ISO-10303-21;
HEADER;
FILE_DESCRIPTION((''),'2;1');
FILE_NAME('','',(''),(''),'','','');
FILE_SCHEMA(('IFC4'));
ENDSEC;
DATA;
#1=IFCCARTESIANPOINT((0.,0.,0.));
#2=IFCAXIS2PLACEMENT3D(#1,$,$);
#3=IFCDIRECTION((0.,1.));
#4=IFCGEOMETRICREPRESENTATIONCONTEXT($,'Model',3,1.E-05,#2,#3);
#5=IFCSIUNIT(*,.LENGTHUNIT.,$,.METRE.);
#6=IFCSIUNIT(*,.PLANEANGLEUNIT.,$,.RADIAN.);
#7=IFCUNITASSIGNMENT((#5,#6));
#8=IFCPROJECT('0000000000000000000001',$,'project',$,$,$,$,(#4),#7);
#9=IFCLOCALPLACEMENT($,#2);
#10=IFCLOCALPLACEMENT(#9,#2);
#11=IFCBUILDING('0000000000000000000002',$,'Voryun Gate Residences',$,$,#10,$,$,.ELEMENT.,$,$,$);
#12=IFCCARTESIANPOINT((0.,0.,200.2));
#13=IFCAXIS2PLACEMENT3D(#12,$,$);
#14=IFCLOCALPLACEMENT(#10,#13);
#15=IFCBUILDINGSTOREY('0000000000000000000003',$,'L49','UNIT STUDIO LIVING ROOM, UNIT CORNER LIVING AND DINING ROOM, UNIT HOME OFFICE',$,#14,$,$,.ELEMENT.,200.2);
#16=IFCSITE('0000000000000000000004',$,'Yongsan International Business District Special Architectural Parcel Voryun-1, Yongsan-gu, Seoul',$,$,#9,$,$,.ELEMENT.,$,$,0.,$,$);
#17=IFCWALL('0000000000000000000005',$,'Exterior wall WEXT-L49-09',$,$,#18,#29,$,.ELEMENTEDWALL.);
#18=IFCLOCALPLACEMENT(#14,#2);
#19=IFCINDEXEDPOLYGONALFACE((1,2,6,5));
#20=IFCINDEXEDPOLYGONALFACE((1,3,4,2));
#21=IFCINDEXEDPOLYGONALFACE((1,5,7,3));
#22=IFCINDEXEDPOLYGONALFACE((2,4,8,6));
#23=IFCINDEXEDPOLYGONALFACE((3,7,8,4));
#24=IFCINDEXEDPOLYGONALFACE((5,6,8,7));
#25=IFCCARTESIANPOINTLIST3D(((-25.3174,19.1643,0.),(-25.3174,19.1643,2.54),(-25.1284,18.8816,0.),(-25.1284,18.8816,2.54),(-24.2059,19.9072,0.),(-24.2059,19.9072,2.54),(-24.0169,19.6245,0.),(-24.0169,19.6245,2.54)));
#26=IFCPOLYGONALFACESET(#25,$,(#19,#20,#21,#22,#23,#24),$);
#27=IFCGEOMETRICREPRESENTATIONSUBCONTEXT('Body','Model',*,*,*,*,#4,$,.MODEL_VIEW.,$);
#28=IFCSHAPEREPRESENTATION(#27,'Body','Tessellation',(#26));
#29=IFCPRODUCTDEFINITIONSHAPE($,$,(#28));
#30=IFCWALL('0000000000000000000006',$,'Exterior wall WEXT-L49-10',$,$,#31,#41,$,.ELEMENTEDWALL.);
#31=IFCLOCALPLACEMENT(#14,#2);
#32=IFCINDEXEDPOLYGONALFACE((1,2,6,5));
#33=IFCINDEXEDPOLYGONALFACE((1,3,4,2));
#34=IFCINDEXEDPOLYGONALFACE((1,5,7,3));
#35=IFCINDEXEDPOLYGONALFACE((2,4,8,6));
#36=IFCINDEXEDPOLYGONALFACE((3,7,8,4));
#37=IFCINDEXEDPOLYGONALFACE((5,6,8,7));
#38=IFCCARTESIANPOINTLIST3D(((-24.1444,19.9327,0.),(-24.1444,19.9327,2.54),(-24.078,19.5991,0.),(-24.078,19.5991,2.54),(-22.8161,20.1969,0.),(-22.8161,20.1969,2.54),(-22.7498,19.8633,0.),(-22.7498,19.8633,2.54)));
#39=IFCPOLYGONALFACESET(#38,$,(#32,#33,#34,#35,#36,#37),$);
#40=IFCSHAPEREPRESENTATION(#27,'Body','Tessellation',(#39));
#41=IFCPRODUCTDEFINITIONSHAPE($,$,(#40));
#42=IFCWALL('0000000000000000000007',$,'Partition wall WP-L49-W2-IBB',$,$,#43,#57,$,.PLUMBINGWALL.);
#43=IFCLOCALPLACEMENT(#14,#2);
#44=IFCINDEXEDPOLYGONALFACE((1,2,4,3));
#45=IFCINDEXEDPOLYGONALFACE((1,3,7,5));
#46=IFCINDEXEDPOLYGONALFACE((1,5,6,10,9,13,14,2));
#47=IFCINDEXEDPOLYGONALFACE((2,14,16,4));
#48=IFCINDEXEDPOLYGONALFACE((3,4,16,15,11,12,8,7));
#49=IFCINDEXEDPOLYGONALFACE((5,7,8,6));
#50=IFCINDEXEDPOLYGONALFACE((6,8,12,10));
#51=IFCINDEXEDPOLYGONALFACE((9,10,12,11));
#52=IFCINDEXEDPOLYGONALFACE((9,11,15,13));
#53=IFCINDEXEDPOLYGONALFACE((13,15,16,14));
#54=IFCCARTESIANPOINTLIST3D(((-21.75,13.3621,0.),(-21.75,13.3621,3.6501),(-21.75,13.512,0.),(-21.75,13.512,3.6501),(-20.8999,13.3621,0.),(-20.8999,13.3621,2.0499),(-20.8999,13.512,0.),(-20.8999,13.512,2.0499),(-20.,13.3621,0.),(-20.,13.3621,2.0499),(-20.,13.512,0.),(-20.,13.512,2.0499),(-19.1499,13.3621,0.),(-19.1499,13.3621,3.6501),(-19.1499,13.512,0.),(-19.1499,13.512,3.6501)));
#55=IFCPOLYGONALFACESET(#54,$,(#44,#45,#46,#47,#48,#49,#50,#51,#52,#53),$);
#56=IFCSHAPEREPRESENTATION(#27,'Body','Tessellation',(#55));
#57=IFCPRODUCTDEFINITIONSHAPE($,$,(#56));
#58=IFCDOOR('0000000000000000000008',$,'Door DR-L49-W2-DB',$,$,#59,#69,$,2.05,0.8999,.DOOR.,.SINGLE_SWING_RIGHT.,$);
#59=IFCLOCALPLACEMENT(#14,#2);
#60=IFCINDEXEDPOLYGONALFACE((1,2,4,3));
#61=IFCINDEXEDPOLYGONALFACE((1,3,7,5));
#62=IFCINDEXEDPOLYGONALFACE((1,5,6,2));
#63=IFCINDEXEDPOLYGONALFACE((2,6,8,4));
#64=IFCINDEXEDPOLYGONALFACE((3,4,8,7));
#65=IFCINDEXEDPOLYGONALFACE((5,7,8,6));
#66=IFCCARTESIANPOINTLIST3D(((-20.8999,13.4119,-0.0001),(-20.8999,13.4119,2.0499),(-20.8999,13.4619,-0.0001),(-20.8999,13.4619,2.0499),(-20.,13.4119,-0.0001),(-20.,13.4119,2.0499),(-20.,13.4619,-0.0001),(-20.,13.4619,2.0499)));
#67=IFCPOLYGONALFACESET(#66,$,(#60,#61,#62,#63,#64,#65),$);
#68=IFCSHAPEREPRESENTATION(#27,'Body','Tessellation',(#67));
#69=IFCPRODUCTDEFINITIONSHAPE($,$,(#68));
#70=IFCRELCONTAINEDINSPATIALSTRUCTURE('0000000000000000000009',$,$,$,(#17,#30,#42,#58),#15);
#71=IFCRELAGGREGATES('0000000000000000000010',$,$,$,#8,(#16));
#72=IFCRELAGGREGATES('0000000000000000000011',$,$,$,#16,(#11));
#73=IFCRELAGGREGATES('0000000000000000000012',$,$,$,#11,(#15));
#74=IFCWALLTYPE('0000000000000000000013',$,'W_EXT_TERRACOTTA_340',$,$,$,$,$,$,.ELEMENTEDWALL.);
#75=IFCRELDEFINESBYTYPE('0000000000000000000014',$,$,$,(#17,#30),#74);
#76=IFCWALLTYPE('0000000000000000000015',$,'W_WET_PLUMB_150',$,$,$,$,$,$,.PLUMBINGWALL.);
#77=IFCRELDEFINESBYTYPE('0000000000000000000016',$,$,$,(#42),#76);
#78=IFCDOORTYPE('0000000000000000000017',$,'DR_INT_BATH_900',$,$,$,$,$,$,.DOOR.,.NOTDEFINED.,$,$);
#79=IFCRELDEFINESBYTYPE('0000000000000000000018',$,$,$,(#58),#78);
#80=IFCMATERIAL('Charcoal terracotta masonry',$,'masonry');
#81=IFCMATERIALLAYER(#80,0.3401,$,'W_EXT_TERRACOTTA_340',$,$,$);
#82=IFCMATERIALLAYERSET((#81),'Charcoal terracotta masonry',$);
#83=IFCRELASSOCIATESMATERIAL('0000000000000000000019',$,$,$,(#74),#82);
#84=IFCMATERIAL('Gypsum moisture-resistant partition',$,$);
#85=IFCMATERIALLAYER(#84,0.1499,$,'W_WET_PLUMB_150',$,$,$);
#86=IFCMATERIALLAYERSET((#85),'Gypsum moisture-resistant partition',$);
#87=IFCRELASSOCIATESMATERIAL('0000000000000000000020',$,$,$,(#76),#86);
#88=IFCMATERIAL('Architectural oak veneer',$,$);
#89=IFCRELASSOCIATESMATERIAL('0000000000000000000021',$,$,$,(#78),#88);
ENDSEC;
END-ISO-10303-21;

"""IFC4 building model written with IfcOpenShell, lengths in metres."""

from ifc_helpers import new_model, si_unit, direction, frame, frame_2d, origin, place, context, subcontext, project, spatial, rectangle, extrude, material, layer, layer_set, type_object, element, fill, save


model = new_model("IFC4")

# Units and contexts
model_context = context("Model", 3, precision=1e-05, world=origin(), true_north=direction((0.0, 1.0)))
body_context = subcontext(model_context, "Body", "Model", "MODEL_VIEW")
ifc_project = project(units=[si_unit("LENGTHUNIT", "METRE"), si_unit("PLANEANGLEUNIT", "RADIAN")], contexts=[model_context])

# Site, building, storey
site_placement = place(None, origin())
site = spatial("IfcSite", under=ifc_project, at=site_placement, Name="Yongsan International Business District Special Architectural Parcel Voryun-1, Yongsan-gu, Seoul", CompositionType="ELEMENT", RefElevation=0.0)
building_placement = place(site_placement, origin())
building = spatial("IfcBuilding", under=site, at=building_placement, Name="Voryun Gate Residences", CompositionType="ELEMENT")
storey_placement = place(building_placement, frame((0.0, 0.0, 200.2)))
storey = spatial("IfcBuildingStorey", under=building, at=storey_placement, Name="L49", Description="UNIT STUDIO LIVING ROOM, UNIT CORNER LIVING AND DINING ROOM, UNIT HOME OFFICE", CompositionType="ELEMENT", Elevation=200.2)

# Walls
ifc_material_1 = material(Name="Charcoal terracotta masonry", Category="masonry")
ifc_layer_1 = layer(ifc_material_1, 0.3401, Name="W_EXT_TERRACOTTA_340")
ifc_layer_set_1 = layer_set([ifc_layer_1], Name="Charcoal terracotta masonry")
wall_type_1 = type_object("IfcWallType", Name="W_EXT_TERRACOTTA_340", PredefinedType="ELEMENTEDWALL", material=ifc_layer_set_1)
wall_1_placement = place(storey_placement, frame((-25.2229, 19.0229, 0.0), z_axis=(0.0, 0.0, 1.0), x_axis=(0.831404, 0.555669, 0.0)))
element("IfcWall", 1, at=wall_1_placement, inside=storey, type_object=wall_type_1, Name="Exterior wall WEXT-L49-09", PredefinedType="ELEMENTEDWALL", context=body_context, shape_type="SweptSolid", body=[
    extrude(rectangle(XDim=1.3369, YDim=0.3401, at=frame_2d((0.6685, 0.0))), origin(), (0.0, 0.0, 1.0), 2.54),
])
wall_2_placement = place(storey_placement, frame((-24.1113, 19.7659, 0.0), z_axis=(0.0, 0.0, 1.0), x_axis=(0.980788, 0.195076, 0.0)))
element("IfcWall", 2, at=wall_2_placement, inside=storey, type_object=wall_type_1, Name="Exterior wall WEXT-L49-10", PredefinedType="ELEMENTEDWALL", context=body_context, shape_type="SweptSolid", body=[
    extrude(rectangle(XDim=1.3542, YDim=0.3401, at=frame_2d((0.6772, 0.0))), origin(), (0.0, 0.0, 1.0), 2.54),
])

# Wall, opening, door
ifc_material_2 = material(Name="Gypsum moisture-resistant partition")
ifc_layer_2 = layer(ifc_material_2, 0.1499, Name="W_WET_PLUMB_150")
ifc_layer_set_2 = layer_set([ifc_layer_2], Name="Gypsum moisture-resistant partition")
wall_type_2 = type_object("IfcWallType", Name="W_WET_PLUMB_150", PredefinedType="PLUMBINGWALL", material=ifc_layer_set_2)
wall_3_placement = place(storey_placement, frame((-21.75, 13.437, 0.0), z_axis=(0.0, 0.0, 1.0), x_axis=(1.0, 0.0, 0.0)))
wall_3 = element("IfcWall", 3, at=wall_3_placement, inside=storey, type_object=wall_type_2, Name="Partition wall WP-L49-W2-IBB", PredefinedType="PLUMBINGWALL", context=body_context, shape_type="SweptSolid", body=[
    extrude(rectangle(XDim=2.6001, YDim=0.1499, at=frame_2d((1.3, 0.0))), origin(), (0.0, 0.0, 1.0), 3.6501),
])
opening_1_placement = place(wall_3_placement, frame((0.8501, 0.0, 0.0)))
opening_1 = element("IfcOpeningElement", 4, at=opening_1_placement, cuts=wall_3, PredefinedType="OPENING", context=body_context, shape_type="SweptSolid", body=[
    extrude(rectangle(XDim=0.8999, YDim=2.05, at=frame_2d((0.45, 1.0249))), frame((0.0, 0.085, 0.0), z_axis=(0.0, -1.0, 0.0), x_axis=(1.0, 0.0, 0.0)), (0.0, 0.0, 1.0), 0.1699),
])
ifc_material_3 = material(Name="Architectural oak veneer")
door_type = type_object("IfcDoorType", Name="DR_INT_BATH_900", OperationType="NOTDEFINED", PredefinedType="DOOR", material=ifc_material_3)
door_placement = place(opening_1_placement, origin())
door = element("IfcDoor", 5, at=door_placement, inside=storey, type_object=door_type, Name="Door DR-L49-W2-DB", OperationType="SINGLE_SWING_RIGHT", OverallHeight=2.05, OverallWidth=0.8999, PredefinedType="DOOR", context=body_context, shape_type="SweptSolid", body=[
    extrude(rectangle(XDim=0.8999, YDim=2.05, at=frame_2d((0.45, 1.0249))), frame((0.0, 0.0249, 0.0), z_axis=(0.0, -1.0, 0.0), x_axis=(1.0, 0.0, 0.0)), (0.0, 0.0, 1.0), 0.05),
])
fill(opening_1, door)

save(model, "model.ifc")
